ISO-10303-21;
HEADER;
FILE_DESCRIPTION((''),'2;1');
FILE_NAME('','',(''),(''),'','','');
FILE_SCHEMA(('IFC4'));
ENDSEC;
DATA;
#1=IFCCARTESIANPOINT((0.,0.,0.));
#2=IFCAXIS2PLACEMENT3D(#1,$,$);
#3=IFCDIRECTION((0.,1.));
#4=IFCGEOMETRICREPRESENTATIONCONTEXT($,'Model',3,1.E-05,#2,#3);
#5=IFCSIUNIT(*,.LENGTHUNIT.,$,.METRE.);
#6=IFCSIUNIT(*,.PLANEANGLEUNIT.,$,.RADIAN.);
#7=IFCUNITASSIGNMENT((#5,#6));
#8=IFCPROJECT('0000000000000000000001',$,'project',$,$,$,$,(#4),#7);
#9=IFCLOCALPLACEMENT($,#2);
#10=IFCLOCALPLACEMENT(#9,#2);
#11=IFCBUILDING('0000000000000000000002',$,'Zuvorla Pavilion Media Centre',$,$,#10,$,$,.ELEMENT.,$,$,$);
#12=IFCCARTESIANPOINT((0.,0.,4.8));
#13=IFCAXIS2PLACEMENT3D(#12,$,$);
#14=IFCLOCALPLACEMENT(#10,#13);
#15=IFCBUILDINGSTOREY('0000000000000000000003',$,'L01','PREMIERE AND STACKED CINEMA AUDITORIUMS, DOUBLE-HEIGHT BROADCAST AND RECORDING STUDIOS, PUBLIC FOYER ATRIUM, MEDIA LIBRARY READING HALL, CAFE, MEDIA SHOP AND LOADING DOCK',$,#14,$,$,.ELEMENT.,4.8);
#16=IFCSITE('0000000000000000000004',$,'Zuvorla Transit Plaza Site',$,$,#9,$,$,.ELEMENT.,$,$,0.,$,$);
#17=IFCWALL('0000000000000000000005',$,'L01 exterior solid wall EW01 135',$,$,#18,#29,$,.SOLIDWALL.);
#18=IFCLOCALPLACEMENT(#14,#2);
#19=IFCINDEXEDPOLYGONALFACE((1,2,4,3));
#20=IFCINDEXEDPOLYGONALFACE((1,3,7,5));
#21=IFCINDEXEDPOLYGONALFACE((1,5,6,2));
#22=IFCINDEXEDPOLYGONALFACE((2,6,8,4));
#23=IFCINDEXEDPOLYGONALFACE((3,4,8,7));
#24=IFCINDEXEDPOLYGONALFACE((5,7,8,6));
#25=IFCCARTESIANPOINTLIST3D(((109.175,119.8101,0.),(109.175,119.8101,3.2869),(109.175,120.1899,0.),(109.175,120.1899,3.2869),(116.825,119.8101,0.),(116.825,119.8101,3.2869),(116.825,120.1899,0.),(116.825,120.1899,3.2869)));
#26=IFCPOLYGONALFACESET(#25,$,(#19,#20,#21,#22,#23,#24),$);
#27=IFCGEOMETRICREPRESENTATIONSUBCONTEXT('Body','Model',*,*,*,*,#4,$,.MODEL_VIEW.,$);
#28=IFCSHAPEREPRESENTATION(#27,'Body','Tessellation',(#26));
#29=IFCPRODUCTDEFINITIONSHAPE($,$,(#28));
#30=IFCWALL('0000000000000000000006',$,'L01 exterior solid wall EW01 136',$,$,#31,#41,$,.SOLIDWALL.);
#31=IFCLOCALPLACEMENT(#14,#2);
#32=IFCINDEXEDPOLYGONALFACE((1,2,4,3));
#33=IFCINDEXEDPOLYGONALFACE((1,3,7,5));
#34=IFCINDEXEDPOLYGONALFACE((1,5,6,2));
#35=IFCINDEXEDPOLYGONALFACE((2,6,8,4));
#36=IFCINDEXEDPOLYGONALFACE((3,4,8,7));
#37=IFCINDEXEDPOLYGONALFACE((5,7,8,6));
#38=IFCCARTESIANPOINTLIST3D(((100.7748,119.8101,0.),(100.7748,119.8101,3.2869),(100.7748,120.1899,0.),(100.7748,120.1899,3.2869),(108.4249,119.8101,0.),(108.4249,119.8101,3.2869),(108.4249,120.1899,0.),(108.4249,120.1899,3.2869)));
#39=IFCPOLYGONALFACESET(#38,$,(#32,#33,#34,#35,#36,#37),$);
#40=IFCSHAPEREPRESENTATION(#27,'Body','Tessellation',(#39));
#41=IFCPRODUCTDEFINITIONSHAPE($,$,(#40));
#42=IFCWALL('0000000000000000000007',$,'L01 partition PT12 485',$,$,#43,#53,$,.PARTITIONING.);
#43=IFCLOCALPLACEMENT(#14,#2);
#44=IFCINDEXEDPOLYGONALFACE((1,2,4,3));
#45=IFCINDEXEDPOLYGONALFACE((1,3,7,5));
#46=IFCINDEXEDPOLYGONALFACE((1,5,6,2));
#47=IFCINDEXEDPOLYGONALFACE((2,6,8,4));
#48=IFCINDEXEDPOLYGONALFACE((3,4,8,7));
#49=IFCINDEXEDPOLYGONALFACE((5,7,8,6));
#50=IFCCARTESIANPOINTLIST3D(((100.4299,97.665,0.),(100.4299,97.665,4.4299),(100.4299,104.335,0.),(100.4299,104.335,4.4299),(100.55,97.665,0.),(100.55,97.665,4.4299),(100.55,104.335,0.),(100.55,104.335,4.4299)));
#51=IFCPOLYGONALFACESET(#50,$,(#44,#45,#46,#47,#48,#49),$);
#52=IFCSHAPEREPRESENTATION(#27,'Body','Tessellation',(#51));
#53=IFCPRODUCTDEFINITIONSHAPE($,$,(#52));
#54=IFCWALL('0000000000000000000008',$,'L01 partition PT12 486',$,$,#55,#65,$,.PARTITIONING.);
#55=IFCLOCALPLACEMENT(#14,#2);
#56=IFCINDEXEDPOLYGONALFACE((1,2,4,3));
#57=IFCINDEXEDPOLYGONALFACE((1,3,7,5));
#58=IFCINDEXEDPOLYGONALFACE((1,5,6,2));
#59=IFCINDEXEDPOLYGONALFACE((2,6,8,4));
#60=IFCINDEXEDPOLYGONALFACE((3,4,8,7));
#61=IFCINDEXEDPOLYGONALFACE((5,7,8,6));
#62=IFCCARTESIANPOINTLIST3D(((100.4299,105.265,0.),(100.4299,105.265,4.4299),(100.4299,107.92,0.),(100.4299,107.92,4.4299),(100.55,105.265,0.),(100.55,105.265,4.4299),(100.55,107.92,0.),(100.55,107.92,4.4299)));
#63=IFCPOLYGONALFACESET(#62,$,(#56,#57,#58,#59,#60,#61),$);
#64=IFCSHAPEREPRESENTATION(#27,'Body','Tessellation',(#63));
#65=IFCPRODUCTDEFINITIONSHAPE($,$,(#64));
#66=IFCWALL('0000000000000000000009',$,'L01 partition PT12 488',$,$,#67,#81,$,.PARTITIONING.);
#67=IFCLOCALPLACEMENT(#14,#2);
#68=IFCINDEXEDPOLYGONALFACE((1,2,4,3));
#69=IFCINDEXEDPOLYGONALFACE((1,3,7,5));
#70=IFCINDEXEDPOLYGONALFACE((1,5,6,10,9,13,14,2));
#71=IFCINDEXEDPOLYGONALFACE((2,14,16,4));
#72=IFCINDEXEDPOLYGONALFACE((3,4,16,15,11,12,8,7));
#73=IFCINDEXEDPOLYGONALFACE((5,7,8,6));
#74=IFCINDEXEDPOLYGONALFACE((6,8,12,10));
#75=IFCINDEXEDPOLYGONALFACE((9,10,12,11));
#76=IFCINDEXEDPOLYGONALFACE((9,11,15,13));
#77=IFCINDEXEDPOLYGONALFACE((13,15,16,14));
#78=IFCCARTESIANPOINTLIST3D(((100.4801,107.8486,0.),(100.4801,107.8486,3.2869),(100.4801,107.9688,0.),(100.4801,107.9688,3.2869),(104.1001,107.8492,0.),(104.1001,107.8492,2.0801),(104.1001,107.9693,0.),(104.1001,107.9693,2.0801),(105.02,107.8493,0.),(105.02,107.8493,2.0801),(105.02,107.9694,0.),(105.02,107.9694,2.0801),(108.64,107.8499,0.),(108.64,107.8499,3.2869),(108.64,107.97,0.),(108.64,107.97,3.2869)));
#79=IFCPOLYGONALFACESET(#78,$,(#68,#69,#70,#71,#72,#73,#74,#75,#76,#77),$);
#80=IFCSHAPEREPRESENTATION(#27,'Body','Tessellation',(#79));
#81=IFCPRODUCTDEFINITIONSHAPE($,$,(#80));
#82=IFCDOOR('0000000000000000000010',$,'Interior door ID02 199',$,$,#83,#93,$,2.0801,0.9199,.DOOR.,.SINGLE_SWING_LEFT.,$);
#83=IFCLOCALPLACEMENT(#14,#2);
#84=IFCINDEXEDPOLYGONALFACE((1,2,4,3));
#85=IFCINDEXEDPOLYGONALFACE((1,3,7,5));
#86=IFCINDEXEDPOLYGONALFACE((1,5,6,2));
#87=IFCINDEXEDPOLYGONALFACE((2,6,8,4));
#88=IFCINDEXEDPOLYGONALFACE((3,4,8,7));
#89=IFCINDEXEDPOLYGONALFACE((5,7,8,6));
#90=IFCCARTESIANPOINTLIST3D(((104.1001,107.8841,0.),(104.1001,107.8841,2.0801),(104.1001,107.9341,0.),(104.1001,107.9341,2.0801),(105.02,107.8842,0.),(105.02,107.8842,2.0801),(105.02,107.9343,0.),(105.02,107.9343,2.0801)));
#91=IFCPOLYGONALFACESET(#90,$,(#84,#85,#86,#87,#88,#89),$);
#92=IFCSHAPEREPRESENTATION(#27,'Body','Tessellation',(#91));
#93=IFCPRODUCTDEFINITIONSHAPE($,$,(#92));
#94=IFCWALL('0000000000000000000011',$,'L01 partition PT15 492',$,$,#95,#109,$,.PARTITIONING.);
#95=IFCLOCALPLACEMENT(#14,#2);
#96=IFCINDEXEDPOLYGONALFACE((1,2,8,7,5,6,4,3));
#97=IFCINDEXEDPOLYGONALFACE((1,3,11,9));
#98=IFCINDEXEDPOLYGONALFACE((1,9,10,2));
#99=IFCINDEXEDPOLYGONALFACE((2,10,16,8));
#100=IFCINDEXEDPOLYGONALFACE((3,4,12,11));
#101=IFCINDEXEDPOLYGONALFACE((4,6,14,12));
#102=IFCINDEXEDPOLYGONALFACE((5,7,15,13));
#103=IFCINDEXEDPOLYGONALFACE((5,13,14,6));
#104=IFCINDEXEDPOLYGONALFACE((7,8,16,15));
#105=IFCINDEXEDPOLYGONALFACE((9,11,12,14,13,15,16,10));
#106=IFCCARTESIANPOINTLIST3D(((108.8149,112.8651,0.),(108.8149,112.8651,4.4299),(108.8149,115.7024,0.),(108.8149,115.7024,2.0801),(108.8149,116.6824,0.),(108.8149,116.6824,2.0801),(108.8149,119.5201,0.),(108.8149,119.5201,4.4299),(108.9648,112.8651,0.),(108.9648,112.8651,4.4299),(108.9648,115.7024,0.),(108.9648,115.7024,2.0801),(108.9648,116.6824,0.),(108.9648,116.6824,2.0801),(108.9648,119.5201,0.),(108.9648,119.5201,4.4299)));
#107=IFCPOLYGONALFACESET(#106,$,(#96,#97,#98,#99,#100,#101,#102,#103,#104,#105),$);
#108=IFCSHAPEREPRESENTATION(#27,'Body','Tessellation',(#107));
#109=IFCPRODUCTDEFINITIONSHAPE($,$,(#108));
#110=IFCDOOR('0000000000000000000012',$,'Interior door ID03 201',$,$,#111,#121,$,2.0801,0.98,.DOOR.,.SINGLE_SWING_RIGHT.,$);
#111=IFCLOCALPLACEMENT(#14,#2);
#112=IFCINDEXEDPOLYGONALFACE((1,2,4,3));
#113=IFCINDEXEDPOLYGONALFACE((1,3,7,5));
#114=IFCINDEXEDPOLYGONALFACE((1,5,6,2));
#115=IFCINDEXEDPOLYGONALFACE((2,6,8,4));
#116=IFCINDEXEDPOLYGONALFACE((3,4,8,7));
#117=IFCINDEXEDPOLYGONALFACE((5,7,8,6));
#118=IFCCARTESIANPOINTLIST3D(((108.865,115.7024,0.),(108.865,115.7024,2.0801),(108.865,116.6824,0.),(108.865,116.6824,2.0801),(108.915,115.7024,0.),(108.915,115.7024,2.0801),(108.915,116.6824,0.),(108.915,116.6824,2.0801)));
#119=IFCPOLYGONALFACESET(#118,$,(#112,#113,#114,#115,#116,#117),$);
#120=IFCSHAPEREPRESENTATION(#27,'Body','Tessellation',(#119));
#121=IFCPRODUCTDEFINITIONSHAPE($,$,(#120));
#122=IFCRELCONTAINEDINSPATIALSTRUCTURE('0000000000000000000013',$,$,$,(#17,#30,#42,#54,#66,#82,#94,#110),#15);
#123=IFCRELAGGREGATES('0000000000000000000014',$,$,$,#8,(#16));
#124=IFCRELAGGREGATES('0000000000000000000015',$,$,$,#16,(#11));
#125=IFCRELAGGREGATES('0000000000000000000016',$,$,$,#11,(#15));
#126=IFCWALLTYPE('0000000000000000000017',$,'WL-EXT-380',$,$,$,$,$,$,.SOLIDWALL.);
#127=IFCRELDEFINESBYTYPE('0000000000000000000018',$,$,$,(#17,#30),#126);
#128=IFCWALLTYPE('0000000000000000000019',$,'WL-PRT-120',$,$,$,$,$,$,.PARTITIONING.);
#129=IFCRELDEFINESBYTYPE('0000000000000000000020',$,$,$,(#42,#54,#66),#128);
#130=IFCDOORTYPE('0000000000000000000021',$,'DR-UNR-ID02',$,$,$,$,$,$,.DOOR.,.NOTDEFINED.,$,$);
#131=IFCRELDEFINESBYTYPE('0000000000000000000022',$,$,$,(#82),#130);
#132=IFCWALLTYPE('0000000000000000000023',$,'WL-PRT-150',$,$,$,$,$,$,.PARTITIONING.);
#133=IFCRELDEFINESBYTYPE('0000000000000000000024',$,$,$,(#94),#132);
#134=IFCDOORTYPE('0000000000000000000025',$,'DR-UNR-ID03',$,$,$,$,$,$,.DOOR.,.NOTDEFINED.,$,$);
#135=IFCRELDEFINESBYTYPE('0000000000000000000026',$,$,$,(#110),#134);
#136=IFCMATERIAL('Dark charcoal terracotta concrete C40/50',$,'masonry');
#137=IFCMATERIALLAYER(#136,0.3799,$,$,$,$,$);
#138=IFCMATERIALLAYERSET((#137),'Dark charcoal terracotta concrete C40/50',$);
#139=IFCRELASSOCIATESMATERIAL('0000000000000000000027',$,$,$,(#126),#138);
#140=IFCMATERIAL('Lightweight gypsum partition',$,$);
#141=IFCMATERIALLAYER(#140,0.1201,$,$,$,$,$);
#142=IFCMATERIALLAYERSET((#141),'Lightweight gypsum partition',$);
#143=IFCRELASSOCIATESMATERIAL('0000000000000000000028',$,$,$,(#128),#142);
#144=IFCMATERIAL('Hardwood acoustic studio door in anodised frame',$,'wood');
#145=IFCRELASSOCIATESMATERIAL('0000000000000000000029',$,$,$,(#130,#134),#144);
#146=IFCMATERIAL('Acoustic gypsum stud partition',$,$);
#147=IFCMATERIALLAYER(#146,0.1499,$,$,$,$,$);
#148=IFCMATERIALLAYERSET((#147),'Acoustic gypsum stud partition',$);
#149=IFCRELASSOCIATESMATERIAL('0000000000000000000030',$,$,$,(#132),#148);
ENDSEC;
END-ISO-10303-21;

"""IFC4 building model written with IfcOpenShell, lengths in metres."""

from ifc_helpers import new_model, si_unit, direction, frame, frame_2d, origin, place, context, subcontext, project, spatial, rectangle, extrude, material, layer, layer_set, type_object, element, fill, save


model = new_model("IFC4")

# Units and contexts
model_context = context("Model", 3, precision=1e-05, world=origin(), true_north=direction((0.0, 1.0)))
body_context = subcontext(model_context, "Body", "Model", "MODEL_VIEW")
ifc_project = project(units=[si_unit("LENGTHUNIT", "METRE"), si_unit("PLANEANGLEUNIT", "RADIAN")], contexts=[model_context])

# Site, building, storey
site_placement = place(None, origin())
site = spatial("IfcSite", under=ifc_project, at=site_placement, Name="Zuvorla Transit Plaza Site", CompositionType="ELEMENT", RefElevation=0.0)
building_placement = place(site_placement, origin())
building = spatial("IfcBuilding", under=site, at=building_placement, Name="Zuvorla Pavilion Media Centre", CompositionType="ELEMENT")
storey_placement = place(building_placement, frame((0.0, 0.0, 4.8)))
storey = spatial("IfcBuildingStorey", under=building, at=storey_placement, Name="L01", Description="PREMIERE AND STACKED CINEMA AUDITORIUMS, DOUBLE-HEIGHT BROADCAST AND RECORDING STUDIOS, PUBLIC FOYER ATRIUM, MEDIA LIBRARY READING HALL, CAFE, MEDIA SHOP AND LOADING DOCK", CompositionType="ELEMENT", Elevation=4.8)

# Walls
ifc_material_1 = material(Name="Dark charcoal terracotta concrete C40/50", Category="masonry")
ifc_layer_1 = layer(ifc_material_1, 0.3799)
ifc_layer_set_1 = layer_set([ifc_layer_1], Name="Dark charcoal terracotta concrete C40/50")
wall_type_1 = type_object("IfcWallType", Name="WL-EXT-380", PredefinedType="SOLIDWALL", material=ifc_layer_set_1)
wall_1_placement = place(storey_placement, frame((116.825, 120.0, 0.0), z_axis=(0.0, 0.0, 1.0), x_axis=(-1.0, 0.0, 0.0)))
element("IfcWall", 1, at=wall_1_placement, inside=storey, type_object=wall_type_1, Name="L01 exterior solid wall EW01 135", PredefinedType="SOLIDWALL", context=body_context, shape_type="SweptSolid", body=[
    extrude(rectangle(XDim=7.6499, YDim=0.3799, at=frame_2d((3.825, 0.0))), origin(), (0.0, 0.0, 1.0), 3.2869),
])
wall_2_placement = place(storey_placement, frame((108.425, 120.0, 0.0), z_axis=(0.0, 0.0, 1.0), x_axis=(-1.0, 0.0, 0.0)))
element("IfcWall", 2, at=wall_2_placement, inside=storey, type_object=wall_type_1, Name="L01 exterior solid wall EW01 136", PredefinedType="SOLIDWALL", context=body_context, shape_type="SweptSolid", body=[
    extrude(rectangle(XDim=7.6501, YDim=0.3799, at=frame_2d((3.8252, 0.0))), origin(), (0.0, 0.0, 1.0), 3.2869),
])
ifc_material_2 = material(Name="Lightweight gypsum partition")
ifc_layer_2 = layer(ifc_material_2, 0.1201)
ifc_layer_set_2 = layer_set([ifc_layer_2], Name="Lightweight gypsum partition")
wall_type_2 = type_object("IfcWallType", Name="WL-PRT-120", PredefinedType="PARTITIONING", material=ifc_layer_set_2)
wall_3_placement = place(storey_placement, frame((100.49, 97.665, 0.0), z_axis=(0.0, 0.0, 1.0), x_axis=(0.0, 1.0, 0.0)))
element("IfcWall", 3, at=wall_3_placement, inside=storey, type_object=wall_type_2, Name="L01 partition PT12 485", PredefinedType="PARTITIONING", context=body_context, shape_type="SweptSolid", body=[
    extrude(rectangle(XDim=6.6699, YDim=0.1201, at=frame_2d((3.335, 0.0))), origin(), (0.0, 0.0, 1.0), 4.4299),
])
wall_4_placement = place(storey_placement, frame((100.49, 105.2649, 0.0), z_axis=(0.0, 0.0, 1.0), x_axis=(0.0, 1.0, 0.0)))
element("IfcWall", 4, at=wall_4_placement, inside=storey, type_object=wall_type_2, Name="L01 partition PT12 486", PredefinedType="PARTITIONING", context=body_context, shape_type="SweptSolid", body=[
    extrude(rectangle(XDim=2.655, YDim=0.1201, at=frame_2d((1.3276, 0.0))), origin(), (0.0, 0.0, 1.0), 4.4299),
])

# Walls, openings, doors
wall_5_placement = place(storey_placement, frame((100.48, 107.9087, 0.0), z_axis=(0.0, 0.0, 1.0), x_axis=(1.0, 0.00015, 0.0)))
wall_5 = element("IfcWall", 5, at=wall_5_placement, inside=storey, type_object=wall_type_2, Name="L01 partition PT12 488", PredefinedType="PARTITIONING", context=body_context, shape_type="SweptSolid", body=[
    extrude(rectangle(XDim=8.1599, YDim=0.1201, at=frame_2d((4.0801, 0.0))), origin(), (0.0, 0.0, 1.0), 3.2869),
])
opening_1_placement = place(wall_5_placement, frame((3.6201, 0.0, 0.0)))
opening_1 = element("IfcOpeningElement", 6, at=opening_1_placement, cuts=wall_5, PredefinedType="OPENING", context=body_context, shape_type="SweptSolid", body=[
    extrude(rectangle(XDim=0.9199, YDim=2.0801, at=frame_2d((0.46, 1.04))), frame((0.0, 0.0701, 0.0), z_axis=(0.0, -1.0, 0.0), x_axis=(1.0, 0.0, 0.0)), (0.0, 0.0, 1.0), 0.1401),
])
ifc_material_3 = material(Name="Hardwood acoustic studio door in anodised frame", Category="wood")
door_type_1 = type_object("IfcDoorType", Name="DR-UNR-ID02", OperationType="NOTDEFINED", PredefinedType="DOOR", material=ifc_material_3)
door_1_placement = place(opening_1_placement, origin())
door_1 = element("IfcDoor", 7, at=door_1_placement, inside=storey, type_object=door_type_1, Name="Interior door ID02 199", OperationType="SINGLE_SWING_LEFT", OverallHeight=2.0801, OverallWidth=0.9199, PredefinedType="DOOR", context=body_context, shape_type="SweptSolid", body=[
    extrude(rectangle(XDim=0.9199, YDim=2.0801, at=frame_2d((0.46, 1.04))), frame((0.0, 0.0249, 0.0), z_axis=(0.0, -1.0, 0.0), x_axis=(1.0, 0.0, 0.0)), (0.0, 0.0, 1.0), 0.05),
])
fill(opening_1, door_1)
ifc_material_4 = material(Name="Acoustic gypsum stud partition")
ifc_layer_3 = layer(ifc_material_4, 0.1499)
ifc_layer_set_3 = layer_set([ifc_layer_3], Name="Acoustic gypsum stud partition")
wall_type_3 = type_object("IfcWallType", Name="WL-PRT-150", PredefinedType="PARTITIONING", material=ifc_layer_set_3)
wall_6_placement = place(storey_placement, frame((108.8899, 112.865, 0.0), z_axis=(0.0, 0.0, 1.0), x_axis=(0.0, 1.0, 0.0)))
wall_6 = element("IfcWall", 8, at=wall_6_placement, inside=storey, type_object=wall_type_3, Name="L01 partition PT15 492", PredefinedType="PARTITIONING", context=body_context, shape_type="SweptSolid", body=[
    extrude(rectangle(XDim=6.655, YDim=0.1499, at=frame_2d((3.3276, 0.0))), origin(), (0.0, 0.0, 1.0), 4.4299),
])
opening_2_placement = place(wall_6_placement, frame((2.8374, 0.0, 0.0)))
opening_2 = element("IfcOpeningElement", 9, at=opening_2_placement, cuts=wall_6, PredefinedType="OPENING", context=body_context, shape_type="SweptSolid", body=[
    extrude(rectangle(XDim=0.98, YDim=2.0801, at=frame_2d((0.49, 1.04))), frame((0.0, 0.085, 0.0), z_axis=(0.0, -1.0, 0.0), x_axis=(1.0, 0.0, 0.0)), (0.0, 0.0, 1.0), 0.1699),
])
door_type_2 = type_object("IfcDoorType", Name="DR-UNR-ID03", OperationType="NOTDEFINED", PredefinedType="DOOR", material=ifc_material_3)
door_2_placement = place(opening_2_placement, origin())
door_2 = element("IfcDoor", 10, at=door_2_placement, inside=storey, type_object=door_type_2, Name="Interior door ID03 201", OperationType="SINGLE_SWING_RIGHT", OverallHeight=2.0801, OverallWidth=0.98, PredefinedType="DOOR", context=body_context, shape_type="SweptSolid", body=[
    extrude(rectangle(XDim=0.98, YDim=2.0801, at=frame_2d((0.49, 1.04))), frame((0.0, 0.0249, 0.0), z_axis=(0.0, -1.0, 0.0), x_axis=(1.0, 0.0, 0.0)), (0.0, 0.0, 1.0), 0.05),
])
fill(opening_2, door_2)

save(model, "model.ifc")
